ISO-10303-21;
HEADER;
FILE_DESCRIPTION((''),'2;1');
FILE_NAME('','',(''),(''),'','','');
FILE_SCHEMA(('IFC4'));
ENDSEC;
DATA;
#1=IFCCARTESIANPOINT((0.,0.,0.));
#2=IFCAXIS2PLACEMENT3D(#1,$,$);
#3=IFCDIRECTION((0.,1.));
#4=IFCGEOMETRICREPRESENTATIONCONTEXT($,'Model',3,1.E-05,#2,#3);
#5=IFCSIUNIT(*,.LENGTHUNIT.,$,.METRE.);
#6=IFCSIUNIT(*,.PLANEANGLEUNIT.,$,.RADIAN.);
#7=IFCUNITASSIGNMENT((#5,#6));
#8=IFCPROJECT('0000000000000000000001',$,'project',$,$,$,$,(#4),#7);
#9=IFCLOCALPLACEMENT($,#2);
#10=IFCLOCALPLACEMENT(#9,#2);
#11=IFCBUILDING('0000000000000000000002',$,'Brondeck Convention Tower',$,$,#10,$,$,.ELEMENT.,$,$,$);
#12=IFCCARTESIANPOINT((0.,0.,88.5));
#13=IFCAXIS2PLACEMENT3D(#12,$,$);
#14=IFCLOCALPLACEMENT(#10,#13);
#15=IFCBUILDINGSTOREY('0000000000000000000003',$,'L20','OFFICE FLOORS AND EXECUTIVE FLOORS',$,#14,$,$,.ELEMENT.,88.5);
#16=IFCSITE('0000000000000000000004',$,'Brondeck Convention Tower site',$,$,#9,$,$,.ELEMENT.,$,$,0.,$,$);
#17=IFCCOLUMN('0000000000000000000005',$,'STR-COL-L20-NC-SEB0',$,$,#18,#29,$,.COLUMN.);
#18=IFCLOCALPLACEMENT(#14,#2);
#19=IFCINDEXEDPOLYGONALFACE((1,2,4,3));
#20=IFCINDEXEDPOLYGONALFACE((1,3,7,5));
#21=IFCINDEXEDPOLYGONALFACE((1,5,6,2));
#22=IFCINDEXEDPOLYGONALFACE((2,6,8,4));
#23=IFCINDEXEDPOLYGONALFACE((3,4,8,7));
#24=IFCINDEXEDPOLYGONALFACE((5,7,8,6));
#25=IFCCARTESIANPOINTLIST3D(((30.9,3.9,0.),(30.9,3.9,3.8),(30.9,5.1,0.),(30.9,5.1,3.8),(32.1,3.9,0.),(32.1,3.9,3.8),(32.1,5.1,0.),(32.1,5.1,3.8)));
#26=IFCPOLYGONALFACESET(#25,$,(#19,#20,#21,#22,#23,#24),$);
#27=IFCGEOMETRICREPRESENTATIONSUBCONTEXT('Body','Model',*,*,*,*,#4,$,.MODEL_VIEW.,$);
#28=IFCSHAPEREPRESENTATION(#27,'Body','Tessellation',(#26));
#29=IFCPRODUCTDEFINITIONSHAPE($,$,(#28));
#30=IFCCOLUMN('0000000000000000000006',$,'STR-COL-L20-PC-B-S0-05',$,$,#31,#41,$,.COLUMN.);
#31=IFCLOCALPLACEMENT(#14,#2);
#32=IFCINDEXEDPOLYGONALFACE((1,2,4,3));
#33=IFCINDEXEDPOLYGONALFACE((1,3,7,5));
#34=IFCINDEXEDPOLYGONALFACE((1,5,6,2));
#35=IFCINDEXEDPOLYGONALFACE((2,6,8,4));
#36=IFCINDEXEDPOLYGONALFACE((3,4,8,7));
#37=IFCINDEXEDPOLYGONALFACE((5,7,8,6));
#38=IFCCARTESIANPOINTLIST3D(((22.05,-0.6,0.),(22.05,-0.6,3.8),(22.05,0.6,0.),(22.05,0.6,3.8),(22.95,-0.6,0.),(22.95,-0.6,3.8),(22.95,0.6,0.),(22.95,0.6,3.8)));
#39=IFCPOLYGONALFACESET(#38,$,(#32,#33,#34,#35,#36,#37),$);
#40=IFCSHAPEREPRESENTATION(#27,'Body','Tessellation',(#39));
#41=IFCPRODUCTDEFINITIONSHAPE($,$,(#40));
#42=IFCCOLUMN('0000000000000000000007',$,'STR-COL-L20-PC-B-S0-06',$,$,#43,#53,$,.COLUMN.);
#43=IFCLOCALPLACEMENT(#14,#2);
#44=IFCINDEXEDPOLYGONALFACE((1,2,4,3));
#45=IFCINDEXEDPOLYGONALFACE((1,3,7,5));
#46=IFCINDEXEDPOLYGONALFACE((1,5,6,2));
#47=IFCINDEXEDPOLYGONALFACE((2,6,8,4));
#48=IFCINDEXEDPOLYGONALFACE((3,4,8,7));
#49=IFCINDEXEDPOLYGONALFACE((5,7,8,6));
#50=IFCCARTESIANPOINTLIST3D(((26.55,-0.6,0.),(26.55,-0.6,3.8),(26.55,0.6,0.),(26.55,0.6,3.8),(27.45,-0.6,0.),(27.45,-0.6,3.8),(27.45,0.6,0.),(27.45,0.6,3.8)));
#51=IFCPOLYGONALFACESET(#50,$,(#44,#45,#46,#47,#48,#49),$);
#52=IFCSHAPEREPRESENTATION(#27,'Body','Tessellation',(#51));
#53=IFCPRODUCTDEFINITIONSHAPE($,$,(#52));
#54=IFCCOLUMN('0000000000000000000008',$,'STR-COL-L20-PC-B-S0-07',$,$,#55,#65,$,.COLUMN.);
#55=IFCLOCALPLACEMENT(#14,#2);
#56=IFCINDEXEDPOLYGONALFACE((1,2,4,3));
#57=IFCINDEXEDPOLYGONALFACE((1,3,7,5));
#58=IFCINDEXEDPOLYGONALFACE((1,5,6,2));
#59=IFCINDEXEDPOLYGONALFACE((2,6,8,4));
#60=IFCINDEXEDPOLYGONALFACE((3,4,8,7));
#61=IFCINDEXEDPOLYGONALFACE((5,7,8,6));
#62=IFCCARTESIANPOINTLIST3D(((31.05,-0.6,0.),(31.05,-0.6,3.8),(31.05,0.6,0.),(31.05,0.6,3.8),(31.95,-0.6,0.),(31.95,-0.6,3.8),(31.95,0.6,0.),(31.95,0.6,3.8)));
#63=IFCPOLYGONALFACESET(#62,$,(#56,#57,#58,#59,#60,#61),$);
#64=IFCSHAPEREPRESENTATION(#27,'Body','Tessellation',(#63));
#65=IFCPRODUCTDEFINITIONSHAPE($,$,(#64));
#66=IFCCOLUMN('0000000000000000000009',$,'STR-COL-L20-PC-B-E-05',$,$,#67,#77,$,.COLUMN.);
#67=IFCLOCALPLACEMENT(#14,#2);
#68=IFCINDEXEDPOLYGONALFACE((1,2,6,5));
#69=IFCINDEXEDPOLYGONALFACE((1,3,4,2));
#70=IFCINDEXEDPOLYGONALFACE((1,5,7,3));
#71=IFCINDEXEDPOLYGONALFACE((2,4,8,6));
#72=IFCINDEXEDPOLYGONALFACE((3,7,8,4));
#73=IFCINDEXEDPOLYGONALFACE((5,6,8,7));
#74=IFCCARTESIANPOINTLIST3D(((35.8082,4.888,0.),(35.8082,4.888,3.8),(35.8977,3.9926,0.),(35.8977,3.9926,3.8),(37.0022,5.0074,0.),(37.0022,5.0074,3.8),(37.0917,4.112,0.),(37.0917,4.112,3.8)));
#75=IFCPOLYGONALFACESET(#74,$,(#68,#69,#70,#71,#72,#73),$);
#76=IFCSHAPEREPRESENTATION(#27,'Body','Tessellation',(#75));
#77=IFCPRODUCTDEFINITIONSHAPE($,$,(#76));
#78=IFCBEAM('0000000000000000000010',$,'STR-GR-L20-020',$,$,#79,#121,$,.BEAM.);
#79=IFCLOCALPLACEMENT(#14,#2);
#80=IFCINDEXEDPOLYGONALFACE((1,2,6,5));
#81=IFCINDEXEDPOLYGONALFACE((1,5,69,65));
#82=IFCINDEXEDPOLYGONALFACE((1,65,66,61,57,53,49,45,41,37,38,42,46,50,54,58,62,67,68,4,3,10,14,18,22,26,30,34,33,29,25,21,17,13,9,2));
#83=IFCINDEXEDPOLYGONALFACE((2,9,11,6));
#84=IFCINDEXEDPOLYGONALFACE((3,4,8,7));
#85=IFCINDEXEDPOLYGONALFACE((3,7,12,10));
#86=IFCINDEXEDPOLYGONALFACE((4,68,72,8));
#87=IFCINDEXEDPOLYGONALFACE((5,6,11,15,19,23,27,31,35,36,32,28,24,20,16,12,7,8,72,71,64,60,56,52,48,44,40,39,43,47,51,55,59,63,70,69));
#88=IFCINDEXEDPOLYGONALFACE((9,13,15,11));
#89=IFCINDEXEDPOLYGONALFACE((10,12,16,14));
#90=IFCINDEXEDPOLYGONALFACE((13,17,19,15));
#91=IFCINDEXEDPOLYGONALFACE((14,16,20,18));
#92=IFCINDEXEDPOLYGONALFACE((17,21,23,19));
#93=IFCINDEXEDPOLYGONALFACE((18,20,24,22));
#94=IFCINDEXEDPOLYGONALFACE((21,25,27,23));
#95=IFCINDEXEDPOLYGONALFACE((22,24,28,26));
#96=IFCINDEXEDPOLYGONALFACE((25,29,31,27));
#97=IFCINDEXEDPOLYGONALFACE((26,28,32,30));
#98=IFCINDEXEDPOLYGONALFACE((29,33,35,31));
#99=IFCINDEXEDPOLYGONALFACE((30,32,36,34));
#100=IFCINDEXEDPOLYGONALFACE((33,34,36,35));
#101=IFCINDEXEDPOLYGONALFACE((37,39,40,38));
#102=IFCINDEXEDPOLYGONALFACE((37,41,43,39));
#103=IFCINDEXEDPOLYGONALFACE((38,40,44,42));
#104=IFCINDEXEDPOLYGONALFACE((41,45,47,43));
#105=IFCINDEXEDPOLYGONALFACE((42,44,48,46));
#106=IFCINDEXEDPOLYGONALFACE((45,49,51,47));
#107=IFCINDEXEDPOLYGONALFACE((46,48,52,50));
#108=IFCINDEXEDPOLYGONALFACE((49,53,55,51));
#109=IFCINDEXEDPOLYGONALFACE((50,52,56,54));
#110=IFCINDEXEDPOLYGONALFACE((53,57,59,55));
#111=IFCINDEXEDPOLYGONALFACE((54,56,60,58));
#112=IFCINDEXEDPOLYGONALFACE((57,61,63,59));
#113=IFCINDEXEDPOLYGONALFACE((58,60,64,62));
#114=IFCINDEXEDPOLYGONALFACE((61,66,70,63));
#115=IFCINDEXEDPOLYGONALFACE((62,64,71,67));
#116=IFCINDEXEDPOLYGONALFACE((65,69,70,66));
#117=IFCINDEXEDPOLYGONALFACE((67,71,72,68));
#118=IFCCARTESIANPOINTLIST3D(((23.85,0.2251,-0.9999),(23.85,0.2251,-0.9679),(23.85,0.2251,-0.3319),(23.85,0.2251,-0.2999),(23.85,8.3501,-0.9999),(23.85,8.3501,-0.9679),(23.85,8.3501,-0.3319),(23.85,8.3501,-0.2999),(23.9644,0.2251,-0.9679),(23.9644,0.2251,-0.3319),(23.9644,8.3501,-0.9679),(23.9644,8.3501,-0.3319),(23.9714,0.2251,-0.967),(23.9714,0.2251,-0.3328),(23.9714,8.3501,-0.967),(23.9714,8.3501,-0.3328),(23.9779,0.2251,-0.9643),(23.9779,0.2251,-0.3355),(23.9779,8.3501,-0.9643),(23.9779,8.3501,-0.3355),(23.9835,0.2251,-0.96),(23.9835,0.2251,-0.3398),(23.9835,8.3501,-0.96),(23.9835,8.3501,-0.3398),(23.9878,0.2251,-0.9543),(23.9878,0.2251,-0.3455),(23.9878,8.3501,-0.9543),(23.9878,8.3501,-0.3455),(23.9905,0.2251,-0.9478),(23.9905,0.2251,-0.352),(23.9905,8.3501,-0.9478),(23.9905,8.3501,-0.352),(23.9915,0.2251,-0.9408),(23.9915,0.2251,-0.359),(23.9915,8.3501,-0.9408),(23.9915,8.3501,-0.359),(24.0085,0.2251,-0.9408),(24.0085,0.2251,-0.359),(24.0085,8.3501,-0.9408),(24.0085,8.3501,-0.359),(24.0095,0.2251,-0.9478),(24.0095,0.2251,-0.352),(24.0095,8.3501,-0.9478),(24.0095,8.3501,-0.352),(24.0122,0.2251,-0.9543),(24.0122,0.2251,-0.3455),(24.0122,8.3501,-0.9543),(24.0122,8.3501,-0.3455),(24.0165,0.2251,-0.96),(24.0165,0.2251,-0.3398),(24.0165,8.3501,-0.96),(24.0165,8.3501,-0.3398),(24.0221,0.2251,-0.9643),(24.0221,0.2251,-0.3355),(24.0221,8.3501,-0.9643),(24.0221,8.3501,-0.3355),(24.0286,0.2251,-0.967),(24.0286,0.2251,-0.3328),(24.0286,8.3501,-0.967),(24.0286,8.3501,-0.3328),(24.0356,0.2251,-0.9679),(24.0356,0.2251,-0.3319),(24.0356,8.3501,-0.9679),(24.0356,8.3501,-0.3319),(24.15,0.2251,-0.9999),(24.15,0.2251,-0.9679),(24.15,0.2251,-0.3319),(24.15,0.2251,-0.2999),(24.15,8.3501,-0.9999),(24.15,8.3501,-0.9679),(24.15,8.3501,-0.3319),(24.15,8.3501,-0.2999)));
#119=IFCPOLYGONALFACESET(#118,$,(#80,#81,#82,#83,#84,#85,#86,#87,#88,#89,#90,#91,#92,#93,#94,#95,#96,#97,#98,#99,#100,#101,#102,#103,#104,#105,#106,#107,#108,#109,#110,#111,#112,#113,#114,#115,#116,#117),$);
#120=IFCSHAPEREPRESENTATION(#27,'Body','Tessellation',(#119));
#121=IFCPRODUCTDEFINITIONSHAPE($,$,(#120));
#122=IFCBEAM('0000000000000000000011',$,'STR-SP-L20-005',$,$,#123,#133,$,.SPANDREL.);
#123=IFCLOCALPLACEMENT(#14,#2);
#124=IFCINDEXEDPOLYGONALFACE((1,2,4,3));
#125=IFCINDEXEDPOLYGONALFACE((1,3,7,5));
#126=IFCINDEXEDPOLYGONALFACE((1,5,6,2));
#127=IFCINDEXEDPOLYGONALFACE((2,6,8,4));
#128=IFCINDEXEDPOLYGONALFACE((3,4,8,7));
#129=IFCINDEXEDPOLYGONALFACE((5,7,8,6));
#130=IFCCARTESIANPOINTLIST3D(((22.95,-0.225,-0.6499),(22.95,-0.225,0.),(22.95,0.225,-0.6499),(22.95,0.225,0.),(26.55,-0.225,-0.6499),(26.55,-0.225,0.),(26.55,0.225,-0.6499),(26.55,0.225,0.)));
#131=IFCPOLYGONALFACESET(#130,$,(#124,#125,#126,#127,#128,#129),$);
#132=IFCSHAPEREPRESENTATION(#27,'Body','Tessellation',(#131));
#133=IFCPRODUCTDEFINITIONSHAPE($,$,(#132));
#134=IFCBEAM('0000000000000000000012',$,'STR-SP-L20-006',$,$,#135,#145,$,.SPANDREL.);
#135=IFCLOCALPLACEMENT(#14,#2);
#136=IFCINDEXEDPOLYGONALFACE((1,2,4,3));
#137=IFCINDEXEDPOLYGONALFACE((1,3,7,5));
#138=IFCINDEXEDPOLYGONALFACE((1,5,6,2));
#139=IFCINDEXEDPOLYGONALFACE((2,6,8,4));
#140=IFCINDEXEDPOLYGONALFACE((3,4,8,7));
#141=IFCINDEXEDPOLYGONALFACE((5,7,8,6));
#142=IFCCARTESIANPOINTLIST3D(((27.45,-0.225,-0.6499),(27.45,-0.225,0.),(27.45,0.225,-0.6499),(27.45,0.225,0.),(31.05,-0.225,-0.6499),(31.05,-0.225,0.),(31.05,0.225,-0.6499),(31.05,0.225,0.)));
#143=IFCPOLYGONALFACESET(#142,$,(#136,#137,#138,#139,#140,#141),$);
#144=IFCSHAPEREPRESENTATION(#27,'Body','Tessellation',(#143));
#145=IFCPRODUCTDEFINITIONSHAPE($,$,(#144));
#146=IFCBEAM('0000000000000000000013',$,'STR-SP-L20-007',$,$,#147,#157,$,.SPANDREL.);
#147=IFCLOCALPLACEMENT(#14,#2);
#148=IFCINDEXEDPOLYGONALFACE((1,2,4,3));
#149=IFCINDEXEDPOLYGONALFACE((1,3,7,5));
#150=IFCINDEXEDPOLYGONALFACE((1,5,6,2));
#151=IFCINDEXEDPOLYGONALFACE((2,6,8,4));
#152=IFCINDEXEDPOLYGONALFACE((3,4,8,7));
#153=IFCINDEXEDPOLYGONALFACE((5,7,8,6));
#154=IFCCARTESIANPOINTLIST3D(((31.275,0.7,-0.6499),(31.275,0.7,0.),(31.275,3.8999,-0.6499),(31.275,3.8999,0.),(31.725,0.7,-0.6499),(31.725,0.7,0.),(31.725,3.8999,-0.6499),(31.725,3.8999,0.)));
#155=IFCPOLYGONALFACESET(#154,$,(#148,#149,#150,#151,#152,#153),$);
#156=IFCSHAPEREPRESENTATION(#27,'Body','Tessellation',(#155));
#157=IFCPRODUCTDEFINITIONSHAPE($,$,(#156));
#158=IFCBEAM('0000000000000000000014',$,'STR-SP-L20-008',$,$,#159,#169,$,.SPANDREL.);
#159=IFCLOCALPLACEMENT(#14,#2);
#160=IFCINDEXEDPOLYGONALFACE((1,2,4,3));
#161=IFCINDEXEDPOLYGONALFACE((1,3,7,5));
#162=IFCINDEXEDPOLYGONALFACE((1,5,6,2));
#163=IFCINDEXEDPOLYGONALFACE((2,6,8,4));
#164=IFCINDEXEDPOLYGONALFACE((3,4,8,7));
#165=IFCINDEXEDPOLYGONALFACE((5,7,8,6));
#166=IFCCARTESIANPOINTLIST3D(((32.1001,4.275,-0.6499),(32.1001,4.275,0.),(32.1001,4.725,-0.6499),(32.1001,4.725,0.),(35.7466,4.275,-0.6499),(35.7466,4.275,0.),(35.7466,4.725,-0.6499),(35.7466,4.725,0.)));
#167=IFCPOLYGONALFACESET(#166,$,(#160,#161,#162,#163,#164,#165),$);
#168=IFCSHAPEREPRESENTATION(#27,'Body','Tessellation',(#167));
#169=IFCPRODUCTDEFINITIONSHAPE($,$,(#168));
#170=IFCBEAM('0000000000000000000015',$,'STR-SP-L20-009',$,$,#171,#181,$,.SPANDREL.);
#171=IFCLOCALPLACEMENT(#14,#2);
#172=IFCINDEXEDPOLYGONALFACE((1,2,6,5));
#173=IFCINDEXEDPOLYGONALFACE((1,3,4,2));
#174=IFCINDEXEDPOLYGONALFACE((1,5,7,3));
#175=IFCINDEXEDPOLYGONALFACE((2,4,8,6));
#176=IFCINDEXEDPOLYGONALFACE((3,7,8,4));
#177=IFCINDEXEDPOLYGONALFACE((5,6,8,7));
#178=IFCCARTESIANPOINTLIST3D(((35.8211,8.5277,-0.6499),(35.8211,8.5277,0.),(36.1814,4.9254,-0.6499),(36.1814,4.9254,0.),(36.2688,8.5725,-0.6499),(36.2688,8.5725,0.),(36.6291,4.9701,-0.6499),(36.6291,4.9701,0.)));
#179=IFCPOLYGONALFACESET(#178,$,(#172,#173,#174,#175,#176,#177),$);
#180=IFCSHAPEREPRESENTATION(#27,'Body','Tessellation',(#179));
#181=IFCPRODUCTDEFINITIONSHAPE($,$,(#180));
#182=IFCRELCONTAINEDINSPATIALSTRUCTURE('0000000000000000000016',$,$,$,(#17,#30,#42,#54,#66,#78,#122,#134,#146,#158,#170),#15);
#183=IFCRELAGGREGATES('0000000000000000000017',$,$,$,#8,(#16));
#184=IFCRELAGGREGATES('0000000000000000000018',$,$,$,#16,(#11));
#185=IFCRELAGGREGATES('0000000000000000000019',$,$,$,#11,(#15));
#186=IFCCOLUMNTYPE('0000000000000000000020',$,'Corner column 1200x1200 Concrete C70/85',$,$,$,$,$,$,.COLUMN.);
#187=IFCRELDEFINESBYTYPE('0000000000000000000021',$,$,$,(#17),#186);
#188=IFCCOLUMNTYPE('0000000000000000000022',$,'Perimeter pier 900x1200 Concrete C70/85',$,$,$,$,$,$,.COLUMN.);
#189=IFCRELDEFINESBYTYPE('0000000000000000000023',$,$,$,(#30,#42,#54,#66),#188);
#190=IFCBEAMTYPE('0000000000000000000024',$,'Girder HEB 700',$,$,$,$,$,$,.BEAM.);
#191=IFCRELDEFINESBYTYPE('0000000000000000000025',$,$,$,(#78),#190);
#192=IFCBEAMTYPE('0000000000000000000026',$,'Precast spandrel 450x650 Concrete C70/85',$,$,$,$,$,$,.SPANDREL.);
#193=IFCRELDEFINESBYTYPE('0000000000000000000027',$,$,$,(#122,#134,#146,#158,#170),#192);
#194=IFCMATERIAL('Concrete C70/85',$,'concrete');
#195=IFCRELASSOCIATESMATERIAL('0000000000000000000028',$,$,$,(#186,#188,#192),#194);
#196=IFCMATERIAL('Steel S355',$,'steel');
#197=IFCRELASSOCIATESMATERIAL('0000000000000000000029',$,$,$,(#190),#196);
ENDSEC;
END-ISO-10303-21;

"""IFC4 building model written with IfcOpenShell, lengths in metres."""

from ifc_helpers import new_model, si_unit, direction, frame, origin, origin_2d, place, context, subcontext, project, spatial, rectangle, i_section, extrude, material, material_profile, profile_set, type_object, element, save


model = new_model("IFC4")

# Units and contexts
model_context = context("Model", 3, precision=1e-05, world=origin(), true_north=direction((0.0, 1.0)))
body_context = subcontext(model_context, "Body", "Model", "MODEL_VIEW")
ifc_project = project(units=[si_unit("LENGTHUNIT", "METRE"), si_unit("PLANEANGLEUNIT", "RADIAN")], contexts=[model_context])

# Site, building, storey
site_placement = place(None, origin())
site = spatial("IfcSite", under=ifc_project, at=site_placement, Name="Brondeck Convention Tower site", CompositionType="ELEMENT", RefElevation=0.0)
building_placement = place(site_placement, origin())
building = spatial("IfcBuilding", under=site, at=building_placement, Name="Brondeck Convention Tower", CompositionType="ELEMENT")
storey_placement = place(building_placement, frame((0.0, 0.0, 88.5)))
storey = spatial("IfcBuildingStorey", under=building, at=storey_placement, Name="L20", Description="OFFICE FLOORS AND EXECUTIVE FLOORS", CompositionType="ELEMENT", Elevation=88.5)

# Columns
ifc_material_1 = material(Name="Concrete C70/85", Category="concrete")
ifc_material_profile_1 = material_profile(ifc_material_1, rectangle(XDim=1.2, YDim=1.2, at=origin_2d()), Name="Corner column 1200x1200 Concrete C70/85")
ifc_profile_set_1 = profile_set([ifc_material_profile_1], Name="Concrete C70/85")
column_type_1 = type_object("IfcColumnType", Name="Corner column 1200x1200 Concrete C70/85", PredefinedType="COLUMN", material=ifc_profile_set_1)
column_placement = place(storey_placement, frame((31.5, 4.5, 0.0), z_axis=(0.0, 0.0, 1.0), x_axis=(1.0, 0.0, 0.0)))
element("IfcColumn", 1, at=column_placement, inside=storey, type_object=column_type_1, Name="STR-COL-L20-NC-SEB0", PredefinedType="COLUMN", context=body_context, shape_type="SweptSolid", body=[
    extrude(rectangle(XDim=1.2, YDim=1.2, at=origin_2d()), origin(), (0.0, 0.0, 1.0), 3.8),
])
ifc_material_profile_2 = material_profile(ifc_material_1, rectangle(XDim=0.8999, YDim=1.2, at=origin_2d()), Name="Perimeter pier 900x1200 Concrete C70/85")
ifc_profile_set_2 = profile_set([ifc_material_profile_2], Name="Concrete C70/85")
column_type_2 = type_object("IfcColumnType", Name="Perimeter pier 900x1200 Concrete C70/85", PredefinedType="COLUMN", material=ifc_profile_set_2)
for number, where, z_axis, x_axis, name in (
    (2, (22.5, 0.0, 0.0), (0.0, 0.0, 1.0), (1.0, 0.0, 0.0), "STR-COL-L20-PC-B-S0-05"),
    (3, (27.0, 0.0, 0.0), (0.0, 0.0, 1.0), (1.0, 0.0, 0.0), "STR-COL-L20-PC-B-S0-06"),
    (4, (31.5, 0.0, 0.0), (0.0, 0.0, 1.0), (1.0, 0.0, 0.0), "STR-COL-L20-PC-B-S0-07"),
    (5, (36.45, 4.5, 0.0), (0.0, 0.0, 1.0), (-0.099504, 0.995037, 0.0), "STR-COL-L20-PC-B-E-05"),
):
    element("IfcColumn", number, at=place(storey_placement, frame(where, z_axis=z_axis, x_axis=x_axis)), inside=storey, type_object=column_type_2, Name=name, PredefinedType="COLUMN", context=body_context, shape_type="SweptSolid", body=[
        extrude(rectangle(XDim=0.8999, YDim=1.2, at=origin_2d()), origin(), (0.0, 0.0, 1.0), 3.8),
    ])

# Beams
ifc_material_2 = material(Name="Steel S355", Category="steel")
ifc_material_profile_3 = material_profile(ifc_material_2, i_section(OverallWidth=0.3, OverallDepth=0.7, WebThickness=0.0171, FlangeThickness=0.032, FilletRadius=0.0271, at=origin_2d()), Name="HEB 700")
ifc_profile_set_3 = profile_set([ifc_material_profile_3], Name="Steel S355")
beam_type_1 = type_object("IfcBeamType", Name="Girder HEB 700", PredefinedType="BEAM", material=ifc_profile_set_3)
beam_1_placement = place(storey_placement, frame((24.0, 8.3501, -0.6499), z_axis=(0.0, -1.0, 0.0), x_axis=(1.0, 0.0, 0.0)))
element("IfcBeam", 6, at=beam_1_placement, inside=storey, type_object=beam_type_1, Name="STR-GR-L20-020", PredefinedType="BEAM", context=body_context, shape_type="SweptSolid", body=[
    extrude(i_section(OverallWidth=0.3, OverallDepth=0.7, WebThickness=0.0171, FlangeThickness=0.032, FilletRadius=0.0271, at=origin_2d()), origin(), (0.0, 0.0, 1.0), 8.125),
])
ifc_material_profile_4 = material_profile(ifc_material_1, rectangle(XDim=0.45, YDim=0.6499, at=origin_2d()), Name="Precast spandrel 450x650 Concrete C70/85")
ifc_profile_set_4 = profile_set([ifc_material_profile_4], Name="Concrete C70/85")
beam_type_2 = type_object("IfcBeamType", Name="Precast spandrel 450x650 Concrete C70/85", PredefinedType="SPANDREL", material=ifc_profile_set_4)
for number, where, z_axis, x_axis, name in (
    (7, (22.95, 0.0, -0.325), (1.0, 0.0, 0.0), (0.0, 1.0, 0.0), "STR-SP-L20-005"),
    (8, (27.45, 0.0, -0.325), (1.0, 0.0, 0.0), (0.0, 1.0, 0.0), "STR-SP-L20-006"),
):
    element("IfcBeam", number, at=place(storey_placement, frame(where, z_axis=z_axis, x_axis=x_axis)), inside=storey, type_object=beam_type_2, Name=name, PredefinedType="SPANDREL", context=body_context, shape_type="SweptSolid", body=[
        extrude(rectangle(XDim=0.45, YDim=0.6499, at=origin_2d()), origin(), (0.0, 0.0, 1.0), 3.6001),
    ])
beam_2_placement = place(storey_placement, frame((31.5, 0.7, -0.325), z_axis=(0.0, 1.0, 0.0), x_axis=(-1.0, 0.0, 0.0)))
element("IfcBeam", 9, at=beam_2_placement, inside=storey, type_object=beam_type_2, Name="STR-SP-L20-007", PredefinedType="SPANDREL", context=body_context, shape_type="SweptSolid", body=[
    extrude(rectangle(XDim=0.45, YDim=0.6499, at=origin_2d()), origin(), (0.0, 0.0, 1.0), 3.2),
])
beam_3_placement = place(storey_placement, frame((32.1001, 4.5, -0.325), z_axis=(1.0, 0.0, 0.0), x_axis=(0.0, 1.0, 0.0)))
element("IfcBeam", 10, at=beam_3_placement, inside=storey, type_object=beam_type_2, Name="STR-SP-L20-008", PredefinedType="SPANDREL", context=body_context, shape_type="SweptSolid", body=[
    extrude(rectangle(XDim=0.45, YDim=0.6499, at=origin_2d()), origin(), (0.0, 0.0, 1.0), 3.6465),
])
beam_4_placement = place(storey_placement, frame((36.4053, 4.9478, -0.325), z_axis=(-0.099537, 0.995034, 0.0), x_axis=(-0.995034, -0.099537, 0.0)))
element("IfcBeam", 11, at=beam_4_placement, inside=storey, type_object=beam_type_2, Name="STR-SP-L20-009", PredefinedType="SPANDREL", context=body_context, shape_type="SweptSolid", body=[
    extrude(rectangle(XDim=0.45, YDim=0.6499, at=origin_2d()), origin(), (0.0, 0.0, 1.0), 3.6204),
])

save(model, "model.ifc")
